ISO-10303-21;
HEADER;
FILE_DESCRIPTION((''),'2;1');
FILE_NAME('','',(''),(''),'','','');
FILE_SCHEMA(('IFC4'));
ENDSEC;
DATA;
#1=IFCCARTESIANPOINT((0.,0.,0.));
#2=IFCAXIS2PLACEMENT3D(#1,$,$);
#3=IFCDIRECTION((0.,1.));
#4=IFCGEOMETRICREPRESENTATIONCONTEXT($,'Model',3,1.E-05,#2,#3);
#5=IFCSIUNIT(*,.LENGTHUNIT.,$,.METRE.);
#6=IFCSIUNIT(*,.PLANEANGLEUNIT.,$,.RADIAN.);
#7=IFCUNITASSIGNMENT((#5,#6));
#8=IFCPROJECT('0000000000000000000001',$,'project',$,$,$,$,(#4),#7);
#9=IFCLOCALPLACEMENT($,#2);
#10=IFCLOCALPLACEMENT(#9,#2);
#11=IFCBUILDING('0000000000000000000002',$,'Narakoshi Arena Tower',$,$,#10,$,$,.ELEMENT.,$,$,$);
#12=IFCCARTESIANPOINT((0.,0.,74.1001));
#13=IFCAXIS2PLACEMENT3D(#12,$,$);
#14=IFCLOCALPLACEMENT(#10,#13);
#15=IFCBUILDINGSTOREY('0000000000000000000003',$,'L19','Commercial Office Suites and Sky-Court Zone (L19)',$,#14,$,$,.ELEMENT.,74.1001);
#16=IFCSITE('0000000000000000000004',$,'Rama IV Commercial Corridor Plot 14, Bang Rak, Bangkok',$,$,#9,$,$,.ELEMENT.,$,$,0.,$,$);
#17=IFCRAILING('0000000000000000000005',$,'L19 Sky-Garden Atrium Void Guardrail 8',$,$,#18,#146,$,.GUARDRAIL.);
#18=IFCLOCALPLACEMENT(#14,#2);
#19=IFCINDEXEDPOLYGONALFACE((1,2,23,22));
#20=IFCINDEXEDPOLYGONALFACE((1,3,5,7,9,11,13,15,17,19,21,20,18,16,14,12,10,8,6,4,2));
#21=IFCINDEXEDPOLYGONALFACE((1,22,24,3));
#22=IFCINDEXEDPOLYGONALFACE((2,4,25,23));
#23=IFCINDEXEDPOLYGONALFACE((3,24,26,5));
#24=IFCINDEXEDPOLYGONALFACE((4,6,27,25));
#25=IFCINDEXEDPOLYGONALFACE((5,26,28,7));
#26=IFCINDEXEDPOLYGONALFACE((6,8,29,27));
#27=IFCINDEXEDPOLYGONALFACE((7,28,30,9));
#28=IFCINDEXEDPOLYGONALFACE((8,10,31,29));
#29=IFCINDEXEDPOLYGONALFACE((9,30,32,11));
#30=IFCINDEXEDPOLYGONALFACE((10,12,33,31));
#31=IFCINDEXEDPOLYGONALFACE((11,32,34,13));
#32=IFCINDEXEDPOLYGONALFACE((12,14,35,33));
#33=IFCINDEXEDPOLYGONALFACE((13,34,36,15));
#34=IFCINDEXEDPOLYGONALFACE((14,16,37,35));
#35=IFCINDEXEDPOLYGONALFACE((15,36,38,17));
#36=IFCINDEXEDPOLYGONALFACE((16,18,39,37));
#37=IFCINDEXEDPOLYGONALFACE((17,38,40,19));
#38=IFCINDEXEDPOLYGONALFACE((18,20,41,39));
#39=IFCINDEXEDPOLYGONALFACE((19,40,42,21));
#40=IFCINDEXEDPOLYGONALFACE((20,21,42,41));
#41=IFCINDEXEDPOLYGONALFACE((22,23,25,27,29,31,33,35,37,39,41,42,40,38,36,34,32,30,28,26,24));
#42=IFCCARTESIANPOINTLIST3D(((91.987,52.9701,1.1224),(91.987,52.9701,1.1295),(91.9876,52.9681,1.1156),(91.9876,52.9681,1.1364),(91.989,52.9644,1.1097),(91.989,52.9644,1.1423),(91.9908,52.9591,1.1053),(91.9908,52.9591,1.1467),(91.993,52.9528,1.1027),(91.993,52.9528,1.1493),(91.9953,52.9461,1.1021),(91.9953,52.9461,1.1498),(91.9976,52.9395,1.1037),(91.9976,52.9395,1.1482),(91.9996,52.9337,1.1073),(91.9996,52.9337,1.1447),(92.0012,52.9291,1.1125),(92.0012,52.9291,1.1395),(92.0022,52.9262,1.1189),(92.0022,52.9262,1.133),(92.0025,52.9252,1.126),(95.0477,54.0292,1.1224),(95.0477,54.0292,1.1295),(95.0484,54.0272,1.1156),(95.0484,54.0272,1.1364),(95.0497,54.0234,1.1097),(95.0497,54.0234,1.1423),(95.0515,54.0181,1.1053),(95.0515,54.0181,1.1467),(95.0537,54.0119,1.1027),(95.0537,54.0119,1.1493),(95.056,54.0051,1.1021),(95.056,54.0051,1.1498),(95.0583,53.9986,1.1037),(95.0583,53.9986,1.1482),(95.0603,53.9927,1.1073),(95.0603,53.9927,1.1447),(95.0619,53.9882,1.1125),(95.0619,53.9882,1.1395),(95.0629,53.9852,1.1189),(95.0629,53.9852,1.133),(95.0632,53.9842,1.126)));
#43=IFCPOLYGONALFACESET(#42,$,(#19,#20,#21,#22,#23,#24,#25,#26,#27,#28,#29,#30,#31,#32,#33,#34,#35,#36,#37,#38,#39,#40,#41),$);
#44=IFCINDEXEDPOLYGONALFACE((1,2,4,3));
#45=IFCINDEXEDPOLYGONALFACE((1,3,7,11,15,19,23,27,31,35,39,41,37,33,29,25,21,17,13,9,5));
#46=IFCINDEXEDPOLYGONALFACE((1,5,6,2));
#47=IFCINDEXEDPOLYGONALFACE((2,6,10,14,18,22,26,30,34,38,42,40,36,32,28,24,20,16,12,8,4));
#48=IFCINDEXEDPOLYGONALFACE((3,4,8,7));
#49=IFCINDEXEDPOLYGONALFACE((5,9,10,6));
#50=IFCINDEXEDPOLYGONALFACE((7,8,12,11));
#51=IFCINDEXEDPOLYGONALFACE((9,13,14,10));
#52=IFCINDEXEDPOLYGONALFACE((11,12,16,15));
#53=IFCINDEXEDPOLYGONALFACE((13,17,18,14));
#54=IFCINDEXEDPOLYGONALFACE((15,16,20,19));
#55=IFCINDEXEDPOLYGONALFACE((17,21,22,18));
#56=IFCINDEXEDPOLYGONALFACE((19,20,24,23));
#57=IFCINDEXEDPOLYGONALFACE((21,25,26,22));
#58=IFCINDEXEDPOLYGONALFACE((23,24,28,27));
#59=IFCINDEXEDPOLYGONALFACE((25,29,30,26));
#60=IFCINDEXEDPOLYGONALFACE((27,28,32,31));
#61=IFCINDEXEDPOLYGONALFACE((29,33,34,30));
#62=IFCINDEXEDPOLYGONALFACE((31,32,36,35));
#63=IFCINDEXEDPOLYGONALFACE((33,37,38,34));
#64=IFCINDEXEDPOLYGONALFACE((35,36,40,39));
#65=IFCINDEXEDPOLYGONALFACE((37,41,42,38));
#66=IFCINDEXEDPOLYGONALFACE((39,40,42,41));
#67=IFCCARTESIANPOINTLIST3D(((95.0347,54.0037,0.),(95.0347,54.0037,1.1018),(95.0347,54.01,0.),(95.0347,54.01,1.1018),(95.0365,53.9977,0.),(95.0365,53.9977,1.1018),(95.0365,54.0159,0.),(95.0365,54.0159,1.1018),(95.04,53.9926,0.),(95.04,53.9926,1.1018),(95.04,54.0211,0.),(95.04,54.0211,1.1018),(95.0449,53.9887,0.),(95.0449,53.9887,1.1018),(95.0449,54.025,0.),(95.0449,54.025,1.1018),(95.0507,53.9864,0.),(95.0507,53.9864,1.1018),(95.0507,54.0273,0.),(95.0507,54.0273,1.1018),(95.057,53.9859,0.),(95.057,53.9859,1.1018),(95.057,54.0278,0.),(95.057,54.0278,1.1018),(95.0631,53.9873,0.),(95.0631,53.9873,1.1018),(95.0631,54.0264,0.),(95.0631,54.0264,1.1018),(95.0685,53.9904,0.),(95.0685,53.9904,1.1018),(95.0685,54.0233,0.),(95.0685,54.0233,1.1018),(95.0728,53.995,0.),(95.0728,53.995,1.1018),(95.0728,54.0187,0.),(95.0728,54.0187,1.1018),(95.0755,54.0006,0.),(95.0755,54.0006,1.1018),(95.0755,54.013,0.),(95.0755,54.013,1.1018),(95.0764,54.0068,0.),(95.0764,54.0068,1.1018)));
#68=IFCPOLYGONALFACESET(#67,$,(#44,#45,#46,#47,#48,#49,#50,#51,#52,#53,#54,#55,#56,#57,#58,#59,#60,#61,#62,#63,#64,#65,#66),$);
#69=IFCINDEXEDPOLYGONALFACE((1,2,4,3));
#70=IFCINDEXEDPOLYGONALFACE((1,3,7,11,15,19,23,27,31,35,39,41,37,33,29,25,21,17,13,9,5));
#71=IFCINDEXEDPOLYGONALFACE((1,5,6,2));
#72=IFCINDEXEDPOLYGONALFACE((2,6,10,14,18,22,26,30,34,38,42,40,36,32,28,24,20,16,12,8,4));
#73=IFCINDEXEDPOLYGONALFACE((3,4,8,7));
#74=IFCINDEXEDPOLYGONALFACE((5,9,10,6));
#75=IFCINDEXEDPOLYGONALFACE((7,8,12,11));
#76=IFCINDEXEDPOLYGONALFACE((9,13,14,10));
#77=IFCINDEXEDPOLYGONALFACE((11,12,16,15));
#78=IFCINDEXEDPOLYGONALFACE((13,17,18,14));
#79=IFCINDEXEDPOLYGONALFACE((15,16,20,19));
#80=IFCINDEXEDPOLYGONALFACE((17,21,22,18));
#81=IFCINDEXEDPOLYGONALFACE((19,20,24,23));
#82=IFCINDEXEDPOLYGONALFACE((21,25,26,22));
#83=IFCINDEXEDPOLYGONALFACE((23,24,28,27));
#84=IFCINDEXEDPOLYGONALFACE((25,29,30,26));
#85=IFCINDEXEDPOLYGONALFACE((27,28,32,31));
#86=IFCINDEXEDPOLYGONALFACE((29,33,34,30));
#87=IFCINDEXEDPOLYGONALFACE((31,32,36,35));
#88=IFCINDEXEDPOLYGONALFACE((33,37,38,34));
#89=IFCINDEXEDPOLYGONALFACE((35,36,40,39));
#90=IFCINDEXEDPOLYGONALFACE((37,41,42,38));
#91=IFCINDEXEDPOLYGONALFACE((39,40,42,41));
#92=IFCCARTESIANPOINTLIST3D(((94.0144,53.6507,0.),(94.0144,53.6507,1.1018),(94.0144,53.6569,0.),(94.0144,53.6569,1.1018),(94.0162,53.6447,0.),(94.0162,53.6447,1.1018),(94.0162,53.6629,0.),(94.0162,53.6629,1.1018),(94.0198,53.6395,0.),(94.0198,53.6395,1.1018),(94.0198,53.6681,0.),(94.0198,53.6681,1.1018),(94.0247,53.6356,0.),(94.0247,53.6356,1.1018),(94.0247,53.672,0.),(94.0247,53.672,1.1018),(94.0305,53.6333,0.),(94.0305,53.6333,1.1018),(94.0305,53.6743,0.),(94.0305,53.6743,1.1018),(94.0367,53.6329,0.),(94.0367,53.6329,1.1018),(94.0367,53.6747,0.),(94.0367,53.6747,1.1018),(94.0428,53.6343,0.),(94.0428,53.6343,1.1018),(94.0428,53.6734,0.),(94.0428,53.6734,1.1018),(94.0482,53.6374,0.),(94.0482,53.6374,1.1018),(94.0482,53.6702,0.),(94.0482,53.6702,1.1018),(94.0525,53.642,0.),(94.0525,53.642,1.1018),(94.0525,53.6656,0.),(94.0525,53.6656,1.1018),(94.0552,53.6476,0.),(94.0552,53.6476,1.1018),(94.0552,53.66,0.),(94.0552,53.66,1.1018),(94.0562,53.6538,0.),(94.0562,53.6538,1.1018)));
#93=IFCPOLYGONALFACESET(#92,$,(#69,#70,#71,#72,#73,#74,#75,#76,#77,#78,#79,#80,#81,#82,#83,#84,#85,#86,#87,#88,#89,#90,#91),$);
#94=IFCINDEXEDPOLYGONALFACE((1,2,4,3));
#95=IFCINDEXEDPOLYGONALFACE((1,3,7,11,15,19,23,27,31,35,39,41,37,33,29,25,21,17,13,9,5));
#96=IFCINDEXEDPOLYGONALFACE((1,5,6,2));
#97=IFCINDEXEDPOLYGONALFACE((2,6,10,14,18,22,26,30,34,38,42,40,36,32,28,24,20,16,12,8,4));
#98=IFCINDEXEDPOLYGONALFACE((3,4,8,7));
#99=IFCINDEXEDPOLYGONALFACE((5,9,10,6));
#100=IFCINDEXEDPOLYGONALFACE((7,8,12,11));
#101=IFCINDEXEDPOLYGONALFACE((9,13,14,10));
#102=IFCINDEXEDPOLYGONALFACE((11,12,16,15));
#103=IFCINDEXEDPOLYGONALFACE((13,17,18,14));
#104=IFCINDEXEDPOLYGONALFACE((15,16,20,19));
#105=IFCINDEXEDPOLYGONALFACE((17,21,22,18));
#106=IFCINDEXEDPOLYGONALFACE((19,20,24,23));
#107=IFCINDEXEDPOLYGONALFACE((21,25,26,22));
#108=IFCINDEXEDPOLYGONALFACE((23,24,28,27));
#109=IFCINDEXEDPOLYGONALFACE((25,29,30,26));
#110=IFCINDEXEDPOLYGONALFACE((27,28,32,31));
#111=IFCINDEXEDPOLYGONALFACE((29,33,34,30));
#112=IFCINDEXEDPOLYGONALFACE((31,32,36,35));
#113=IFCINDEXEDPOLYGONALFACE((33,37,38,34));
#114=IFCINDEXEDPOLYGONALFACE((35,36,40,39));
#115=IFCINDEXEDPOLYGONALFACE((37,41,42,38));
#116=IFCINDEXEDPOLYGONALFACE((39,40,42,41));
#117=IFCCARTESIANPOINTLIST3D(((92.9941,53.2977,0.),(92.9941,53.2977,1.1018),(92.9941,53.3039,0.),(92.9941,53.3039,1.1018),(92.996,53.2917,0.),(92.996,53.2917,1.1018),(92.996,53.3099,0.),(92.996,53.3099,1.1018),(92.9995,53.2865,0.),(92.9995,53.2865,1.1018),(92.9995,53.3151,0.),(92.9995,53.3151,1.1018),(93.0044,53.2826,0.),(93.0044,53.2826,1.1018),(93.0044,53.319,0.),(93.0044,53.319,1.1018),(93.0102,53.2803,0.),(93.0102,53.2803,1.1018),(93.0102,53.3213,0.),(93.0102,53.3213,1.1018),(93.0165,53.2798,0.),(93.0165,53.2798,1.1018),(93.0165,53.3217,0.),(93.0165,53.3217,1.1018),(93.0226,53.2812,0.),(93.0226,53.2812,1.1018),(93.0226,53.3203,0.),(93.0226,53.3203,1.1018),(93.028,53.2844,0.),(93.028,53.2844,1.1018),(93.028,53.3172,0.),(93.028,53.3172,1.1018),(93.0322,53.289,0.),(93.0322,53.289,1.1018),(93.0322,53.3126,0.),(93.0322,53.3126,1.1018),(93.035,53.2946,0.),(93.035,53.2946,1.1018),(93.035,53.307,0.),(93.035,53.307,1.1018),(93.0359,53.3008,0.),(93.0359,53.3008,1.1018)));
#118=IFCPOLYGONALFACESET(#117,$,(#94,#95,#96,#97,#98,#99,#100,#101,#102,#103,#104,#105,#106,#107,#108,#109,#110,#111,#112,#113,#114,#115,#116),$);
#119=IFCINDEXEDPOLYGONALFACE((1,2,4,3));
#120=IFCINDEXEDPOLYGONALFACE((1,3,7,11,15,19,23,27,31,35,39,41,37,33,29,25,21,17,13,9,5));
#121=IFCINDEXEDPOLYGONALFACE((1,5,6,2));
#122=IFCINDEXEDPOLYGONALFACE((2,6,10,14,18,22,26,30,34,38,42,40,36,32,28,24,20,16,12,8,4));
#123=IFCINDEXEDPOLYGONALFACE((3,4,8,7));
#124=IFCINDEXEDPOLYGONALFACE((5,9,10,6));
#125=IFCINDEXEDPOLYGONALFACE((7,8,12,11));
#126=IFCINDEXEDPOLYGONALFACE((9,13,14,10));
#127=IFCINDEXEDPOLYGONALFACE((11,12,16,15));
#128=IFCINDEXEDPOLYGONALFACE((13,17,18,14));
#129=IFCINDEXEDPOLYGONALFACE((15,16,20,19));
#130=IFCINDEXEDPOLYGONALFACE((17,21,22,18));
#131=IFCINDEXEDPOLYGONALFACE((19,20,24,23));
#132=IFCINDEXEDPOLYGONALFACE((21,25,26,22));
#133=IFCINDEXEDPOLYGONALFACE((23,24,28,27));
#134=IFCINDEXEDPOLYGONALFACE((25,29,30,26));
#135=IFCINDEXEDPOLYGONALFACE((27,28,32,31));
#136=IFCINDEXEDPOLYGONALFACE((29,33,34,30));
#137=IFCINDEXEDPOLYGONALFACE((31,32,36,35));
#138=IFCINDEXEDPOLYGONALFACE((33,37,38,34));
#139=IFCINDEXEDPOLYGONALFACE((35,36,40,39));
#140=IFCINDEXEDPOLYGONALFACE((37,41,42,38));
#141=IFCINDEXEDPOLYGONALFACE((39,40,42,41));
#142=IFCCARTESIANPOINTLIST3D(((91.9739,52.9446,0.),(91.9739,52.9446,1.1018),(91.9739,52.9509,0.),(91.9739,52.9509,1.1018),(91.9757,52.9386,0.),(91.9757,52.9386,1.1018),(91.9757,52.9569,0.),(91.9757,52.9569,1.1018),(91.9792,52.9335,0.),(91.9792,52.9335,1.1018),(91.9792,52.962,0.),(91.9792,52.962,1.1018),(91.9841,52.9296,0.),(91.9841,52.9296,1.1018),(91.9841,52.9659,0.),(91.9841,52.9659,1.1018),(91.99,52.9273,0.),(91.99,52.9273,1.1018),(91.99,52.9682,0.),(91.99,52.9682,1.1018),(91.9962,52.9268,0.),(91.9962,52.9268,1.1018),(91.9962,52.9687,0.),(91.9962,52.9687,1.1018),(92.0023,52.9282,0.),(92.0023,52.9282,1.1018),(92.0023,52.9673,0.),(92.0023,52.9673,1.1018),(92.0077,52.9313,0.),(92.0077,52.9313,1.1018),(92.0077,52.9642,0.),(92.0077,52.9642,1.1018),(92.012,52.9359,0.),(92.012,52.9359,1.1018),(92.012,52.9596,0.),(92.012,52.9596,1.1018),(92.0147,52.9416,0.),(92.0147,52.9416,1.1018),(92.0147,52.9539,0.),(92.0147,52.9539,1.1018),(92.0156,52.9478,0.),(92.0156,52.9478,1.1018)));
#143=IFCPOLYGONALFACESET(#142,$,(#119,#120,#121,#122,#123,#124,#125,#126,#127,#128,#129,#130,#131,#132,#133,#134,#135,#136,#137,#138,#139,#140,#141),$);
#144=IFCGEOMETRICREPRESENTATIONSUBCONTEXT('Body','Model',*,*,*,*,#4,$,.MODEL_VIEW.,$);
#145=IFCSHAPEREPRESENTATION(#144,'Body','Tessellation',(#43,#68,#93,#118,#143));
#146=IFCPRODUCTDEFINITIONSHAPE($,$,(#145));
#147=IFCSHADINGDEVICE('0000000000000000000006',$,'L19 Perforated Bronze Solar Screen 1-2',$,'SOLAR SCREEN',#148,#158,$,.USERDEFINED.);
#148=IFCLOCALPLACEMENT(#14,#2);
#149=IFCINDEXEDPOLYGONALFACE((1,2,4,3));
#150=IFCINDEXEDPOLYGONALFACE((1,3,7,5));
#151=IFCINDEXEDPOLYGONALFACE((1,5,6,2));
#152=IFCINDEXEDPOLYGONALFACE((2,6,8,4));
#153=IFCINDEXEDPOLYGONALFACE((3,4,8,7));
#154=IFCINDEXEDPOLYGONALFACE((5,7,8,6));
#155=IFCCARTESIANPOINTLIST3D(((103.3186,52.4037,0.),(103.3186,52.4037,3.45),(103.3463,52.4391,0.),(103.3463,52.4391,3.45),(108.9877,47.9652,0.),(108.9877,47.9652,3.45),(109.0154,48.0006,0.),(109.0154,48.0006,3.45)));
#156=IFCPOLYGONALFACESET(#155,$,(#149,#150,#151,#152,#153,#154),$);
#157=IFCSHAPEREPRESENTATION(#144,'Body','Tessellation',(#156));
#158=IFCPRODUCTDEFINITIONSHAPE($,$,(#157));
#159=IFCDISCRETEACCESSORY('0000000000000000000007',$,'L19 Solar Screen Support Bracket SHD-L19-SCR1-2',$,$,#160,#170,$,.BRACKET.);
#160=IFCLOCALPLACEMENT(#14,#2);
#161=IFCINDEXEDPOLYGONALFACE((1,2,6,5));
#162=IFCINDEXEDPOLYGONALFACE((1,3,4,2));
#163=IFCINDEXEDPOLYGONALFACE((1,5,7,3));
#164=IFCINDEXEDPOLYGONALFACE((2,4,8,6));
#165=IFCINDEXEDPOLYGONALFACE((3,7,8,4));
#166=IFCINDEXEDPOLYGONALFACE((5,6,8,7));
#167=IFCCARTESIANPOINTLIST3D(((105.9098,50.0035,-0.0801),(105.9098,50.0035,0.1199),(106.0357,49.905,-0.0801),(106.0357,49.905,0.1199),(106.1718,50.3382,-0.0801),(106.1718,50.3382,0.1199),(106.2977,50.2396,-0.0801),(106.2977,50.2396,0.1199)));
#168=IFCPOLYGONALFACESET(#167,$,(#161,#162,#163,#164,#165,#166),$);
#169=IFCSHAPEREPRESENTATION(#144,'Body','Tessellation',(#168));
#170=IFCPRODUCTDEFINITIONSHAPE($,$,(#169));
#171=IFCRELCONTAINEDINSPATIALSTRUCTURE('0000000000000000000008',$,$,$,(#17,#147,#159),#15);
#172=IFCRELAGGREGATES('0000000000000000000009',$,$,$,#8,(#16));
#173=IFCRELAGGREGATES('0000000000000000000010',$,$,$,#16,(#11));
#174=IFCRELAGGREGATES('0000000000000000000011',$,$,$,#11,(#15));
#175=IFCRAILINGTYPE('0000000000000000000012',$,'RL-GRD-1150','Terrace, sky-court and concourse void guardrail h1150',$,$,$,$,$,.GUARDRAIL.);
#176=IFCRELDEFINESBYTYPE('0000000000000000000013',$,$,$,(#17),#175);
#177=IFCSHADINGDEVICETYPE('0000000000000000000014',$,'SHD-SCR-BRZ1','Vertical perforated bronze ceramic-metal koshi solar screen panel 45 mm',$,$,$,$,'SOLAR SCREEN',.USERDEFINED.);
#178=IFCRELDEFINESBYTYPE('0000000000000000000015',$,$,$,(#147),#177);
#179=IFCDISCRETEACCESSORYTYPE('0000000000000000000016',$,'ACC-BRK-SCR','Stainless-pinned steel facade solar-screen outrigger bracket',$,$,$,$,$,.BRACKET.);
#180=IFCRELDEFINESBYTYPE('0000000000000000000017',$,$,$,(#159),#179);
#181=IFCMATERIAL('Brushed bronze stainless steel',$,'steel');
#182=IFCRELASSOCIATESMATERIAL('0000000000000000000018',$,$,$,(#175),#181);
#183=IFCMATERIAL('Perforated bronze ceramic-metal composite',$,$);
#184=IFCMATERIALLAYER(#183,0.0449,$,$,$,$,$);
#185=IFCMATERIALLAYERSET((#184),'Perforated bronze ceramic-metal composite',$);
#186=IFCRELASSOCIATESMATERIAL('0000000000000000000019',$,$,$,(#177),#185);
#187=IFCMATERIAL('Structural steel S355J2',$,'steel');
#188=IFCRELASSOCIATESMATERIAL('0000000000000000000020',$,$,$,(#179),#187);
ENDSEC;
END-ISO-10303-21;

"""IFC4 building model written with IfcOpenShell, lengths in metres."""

from ifc_helpers import new_model, si_unit, direction, frame, origin, origin_2d, place, context, subcontext, project, spatial, rectangle, circle, extrude, material, layer, layer_set, type_object, element, save


model = new_model("IFC4")

# Units and contexts
model_context = context("Model", 3, precision=1e-05, world=origin(), true_north=direction((0.0, 1.0)))
body_context = subcontext(model_context, "Body", "Model", "MODEL_VIEW")
ifc_project = project(units=[si_unit("LENGTHUNIT", "METRE"), si_unit("PLANEANGLEUNIT", "RADIAN")], contexts=[model_context])

# Site, building, storey
site_placement = place(None, origin())
site = spatial("IfcSite", under=ifc_project, at=site_placement, Name="Rama IV Commercial Corridor Plot 14, Bang Rak, Bangkok", CompositionType="ELEMENT", RefElevation=0.0)
building_placement = place(site_placement, origin())
building = spatial("IfcBuilding", under=site, at=building_placement, Name="Narakoshi Arena Tower", CompositionType="ELEMENT")
storey_placement = place(building_placement, frame((0.0, 0.0, 74.1001)))
storey = spatial("IfcBuildingStorey", under=building, at=storey_placement, Name="L19", Description="Commercial Office Suites and Sky-Court Zone (L19)", CompositionType="ELEMENT", Elevation=74.1001)

# Shared definitions
ifc_material_1 = material(Name="Structural steel S355J2", Category="steel")

# Railing
ifc_material_2 = material(Name="Brushed bronze stainless steel", Category="steel")
railing_type = type_object("IfcRailingType", Name="RL-GRD-1150", Description="Terrace, sky-court and concourse void guardrail h1150", PredefinedType="GUARDRAIL", material=ifc_material_2)
railing_placement = place(storey_placement, frame((95.0554, 54.0068, 0.0)))
element("IfcRailing", 1, at=railing_placement, inside=storey, type_object=railing_type, Name="L19 Sky-Garden Atrium Void Guardrail 8", PredefinedType="GUARDRAIL", context=body_context, shape_type="SweptSolid", body=[
    extrude(circle(Radius=0.0239, at=origin_2d()), frame((0.0, 0.0, 1.126), z_axis=(-0.945026, -0.326994, 0.0), x_axis=(0.326994, -0.945026, 0.0)), (0.0, 0.0, 1.0), 3.2388),
    extrude(circle(Radius=0.021, at=origin_2d()), origin(), (0.0, 0.0, 1.0), 1.1018),
    extrude(circle(Radius=0.021, at=origin_2d()), frame((-1.0203, -0.353, 0.0)), (0.0, 0.0, 1.0), 1.1018),
    extrude(circle(Radius=0.021, at=origin_2d()), frame((-2.0405, -0.7061, 0.0)), (0.0, 0.0, 1.0), 1.1018),
    extrude(circle(Radius=0.021, at=origin_2d()), frame((-3.0608, -1.0591, 0.0)), (0.0, 0.0, 1.0), 1.1018),
])

# Shading device
ifc_material_3 = material(Name="Perforated bronze ceramic-metal composite")
ifc_layer_1 = layer(ifc_material_3, 0.0449)
ifc_layer_set_1 = layer_set([ifc_layer_1], Name="Perforated bronze ceramic-metal composite")
shading_device_type = type_object("IfcShadingDeviceType", Name="SHD-SCR-BRZ1", Description="Vertical perforated bronze ceramic-metal koshi solar screen panel 45 mm", ElementType="SOLAR SCREEN", PredefinedType="USERDEFINED", material=ifc_layer_set_1)
shading_device_placement = place(storey_placement, frame((106.167, 50.2021, 0.0), z_axis=(0.0, 0.0, 1.0), x_axis=(-0.787387, 0.616459, 0.0)))
element("IfcShadingDevice", 2, at=shading_device_placement, inside=storey, type_object=shading_device_type, Name="L19 Perforated Bronze Solar Screen 1-2", ObjectType="SOLAR SCREEN", PredefinedType="USERDEFINED", context=body_context, shape_type="SweptSolid", body=[
    extrude(rectangle(XDim=7.2, YDim=0.0449, at=origin_2d()), origin(), (0.0, 0.0, 1.0), 3.45),
])

# Discrete accessory
discrete_accessory_type = type_object("IfcDiscreteAccessoryType", Name="ACC-BRK-SCR", Description="Stainless-pinned steel facade solar-screen outrigger bracket", PredefinedType="BRACKET", material=ifc_material_1)
discrete_accessory_placement = place(storey_placement, frame((106.1038, 50.1216, -0.0801), z_axis=(0.0, 0.0, 1.0), x_axis=(-0.787387, 0.616459, 0.0)))
element("IfcDiscreteAccessory", 3, at=discrete_accessory_placement, inside=storey, type_object=discrete_accessory_type, Name="L19 Solar Screen Support Bracket SHD-L19-SCR1-2", PredefinedType="BRACKET", context=body_context, shape_type="SweptSolid", body=[
    extrude(rectangle(XDim=0.1599, YDim=0.425, at=origin_2d()), origin(), (0.0, 0.0, 1.0), 0.2),
])

save(model, "model.ifc")
